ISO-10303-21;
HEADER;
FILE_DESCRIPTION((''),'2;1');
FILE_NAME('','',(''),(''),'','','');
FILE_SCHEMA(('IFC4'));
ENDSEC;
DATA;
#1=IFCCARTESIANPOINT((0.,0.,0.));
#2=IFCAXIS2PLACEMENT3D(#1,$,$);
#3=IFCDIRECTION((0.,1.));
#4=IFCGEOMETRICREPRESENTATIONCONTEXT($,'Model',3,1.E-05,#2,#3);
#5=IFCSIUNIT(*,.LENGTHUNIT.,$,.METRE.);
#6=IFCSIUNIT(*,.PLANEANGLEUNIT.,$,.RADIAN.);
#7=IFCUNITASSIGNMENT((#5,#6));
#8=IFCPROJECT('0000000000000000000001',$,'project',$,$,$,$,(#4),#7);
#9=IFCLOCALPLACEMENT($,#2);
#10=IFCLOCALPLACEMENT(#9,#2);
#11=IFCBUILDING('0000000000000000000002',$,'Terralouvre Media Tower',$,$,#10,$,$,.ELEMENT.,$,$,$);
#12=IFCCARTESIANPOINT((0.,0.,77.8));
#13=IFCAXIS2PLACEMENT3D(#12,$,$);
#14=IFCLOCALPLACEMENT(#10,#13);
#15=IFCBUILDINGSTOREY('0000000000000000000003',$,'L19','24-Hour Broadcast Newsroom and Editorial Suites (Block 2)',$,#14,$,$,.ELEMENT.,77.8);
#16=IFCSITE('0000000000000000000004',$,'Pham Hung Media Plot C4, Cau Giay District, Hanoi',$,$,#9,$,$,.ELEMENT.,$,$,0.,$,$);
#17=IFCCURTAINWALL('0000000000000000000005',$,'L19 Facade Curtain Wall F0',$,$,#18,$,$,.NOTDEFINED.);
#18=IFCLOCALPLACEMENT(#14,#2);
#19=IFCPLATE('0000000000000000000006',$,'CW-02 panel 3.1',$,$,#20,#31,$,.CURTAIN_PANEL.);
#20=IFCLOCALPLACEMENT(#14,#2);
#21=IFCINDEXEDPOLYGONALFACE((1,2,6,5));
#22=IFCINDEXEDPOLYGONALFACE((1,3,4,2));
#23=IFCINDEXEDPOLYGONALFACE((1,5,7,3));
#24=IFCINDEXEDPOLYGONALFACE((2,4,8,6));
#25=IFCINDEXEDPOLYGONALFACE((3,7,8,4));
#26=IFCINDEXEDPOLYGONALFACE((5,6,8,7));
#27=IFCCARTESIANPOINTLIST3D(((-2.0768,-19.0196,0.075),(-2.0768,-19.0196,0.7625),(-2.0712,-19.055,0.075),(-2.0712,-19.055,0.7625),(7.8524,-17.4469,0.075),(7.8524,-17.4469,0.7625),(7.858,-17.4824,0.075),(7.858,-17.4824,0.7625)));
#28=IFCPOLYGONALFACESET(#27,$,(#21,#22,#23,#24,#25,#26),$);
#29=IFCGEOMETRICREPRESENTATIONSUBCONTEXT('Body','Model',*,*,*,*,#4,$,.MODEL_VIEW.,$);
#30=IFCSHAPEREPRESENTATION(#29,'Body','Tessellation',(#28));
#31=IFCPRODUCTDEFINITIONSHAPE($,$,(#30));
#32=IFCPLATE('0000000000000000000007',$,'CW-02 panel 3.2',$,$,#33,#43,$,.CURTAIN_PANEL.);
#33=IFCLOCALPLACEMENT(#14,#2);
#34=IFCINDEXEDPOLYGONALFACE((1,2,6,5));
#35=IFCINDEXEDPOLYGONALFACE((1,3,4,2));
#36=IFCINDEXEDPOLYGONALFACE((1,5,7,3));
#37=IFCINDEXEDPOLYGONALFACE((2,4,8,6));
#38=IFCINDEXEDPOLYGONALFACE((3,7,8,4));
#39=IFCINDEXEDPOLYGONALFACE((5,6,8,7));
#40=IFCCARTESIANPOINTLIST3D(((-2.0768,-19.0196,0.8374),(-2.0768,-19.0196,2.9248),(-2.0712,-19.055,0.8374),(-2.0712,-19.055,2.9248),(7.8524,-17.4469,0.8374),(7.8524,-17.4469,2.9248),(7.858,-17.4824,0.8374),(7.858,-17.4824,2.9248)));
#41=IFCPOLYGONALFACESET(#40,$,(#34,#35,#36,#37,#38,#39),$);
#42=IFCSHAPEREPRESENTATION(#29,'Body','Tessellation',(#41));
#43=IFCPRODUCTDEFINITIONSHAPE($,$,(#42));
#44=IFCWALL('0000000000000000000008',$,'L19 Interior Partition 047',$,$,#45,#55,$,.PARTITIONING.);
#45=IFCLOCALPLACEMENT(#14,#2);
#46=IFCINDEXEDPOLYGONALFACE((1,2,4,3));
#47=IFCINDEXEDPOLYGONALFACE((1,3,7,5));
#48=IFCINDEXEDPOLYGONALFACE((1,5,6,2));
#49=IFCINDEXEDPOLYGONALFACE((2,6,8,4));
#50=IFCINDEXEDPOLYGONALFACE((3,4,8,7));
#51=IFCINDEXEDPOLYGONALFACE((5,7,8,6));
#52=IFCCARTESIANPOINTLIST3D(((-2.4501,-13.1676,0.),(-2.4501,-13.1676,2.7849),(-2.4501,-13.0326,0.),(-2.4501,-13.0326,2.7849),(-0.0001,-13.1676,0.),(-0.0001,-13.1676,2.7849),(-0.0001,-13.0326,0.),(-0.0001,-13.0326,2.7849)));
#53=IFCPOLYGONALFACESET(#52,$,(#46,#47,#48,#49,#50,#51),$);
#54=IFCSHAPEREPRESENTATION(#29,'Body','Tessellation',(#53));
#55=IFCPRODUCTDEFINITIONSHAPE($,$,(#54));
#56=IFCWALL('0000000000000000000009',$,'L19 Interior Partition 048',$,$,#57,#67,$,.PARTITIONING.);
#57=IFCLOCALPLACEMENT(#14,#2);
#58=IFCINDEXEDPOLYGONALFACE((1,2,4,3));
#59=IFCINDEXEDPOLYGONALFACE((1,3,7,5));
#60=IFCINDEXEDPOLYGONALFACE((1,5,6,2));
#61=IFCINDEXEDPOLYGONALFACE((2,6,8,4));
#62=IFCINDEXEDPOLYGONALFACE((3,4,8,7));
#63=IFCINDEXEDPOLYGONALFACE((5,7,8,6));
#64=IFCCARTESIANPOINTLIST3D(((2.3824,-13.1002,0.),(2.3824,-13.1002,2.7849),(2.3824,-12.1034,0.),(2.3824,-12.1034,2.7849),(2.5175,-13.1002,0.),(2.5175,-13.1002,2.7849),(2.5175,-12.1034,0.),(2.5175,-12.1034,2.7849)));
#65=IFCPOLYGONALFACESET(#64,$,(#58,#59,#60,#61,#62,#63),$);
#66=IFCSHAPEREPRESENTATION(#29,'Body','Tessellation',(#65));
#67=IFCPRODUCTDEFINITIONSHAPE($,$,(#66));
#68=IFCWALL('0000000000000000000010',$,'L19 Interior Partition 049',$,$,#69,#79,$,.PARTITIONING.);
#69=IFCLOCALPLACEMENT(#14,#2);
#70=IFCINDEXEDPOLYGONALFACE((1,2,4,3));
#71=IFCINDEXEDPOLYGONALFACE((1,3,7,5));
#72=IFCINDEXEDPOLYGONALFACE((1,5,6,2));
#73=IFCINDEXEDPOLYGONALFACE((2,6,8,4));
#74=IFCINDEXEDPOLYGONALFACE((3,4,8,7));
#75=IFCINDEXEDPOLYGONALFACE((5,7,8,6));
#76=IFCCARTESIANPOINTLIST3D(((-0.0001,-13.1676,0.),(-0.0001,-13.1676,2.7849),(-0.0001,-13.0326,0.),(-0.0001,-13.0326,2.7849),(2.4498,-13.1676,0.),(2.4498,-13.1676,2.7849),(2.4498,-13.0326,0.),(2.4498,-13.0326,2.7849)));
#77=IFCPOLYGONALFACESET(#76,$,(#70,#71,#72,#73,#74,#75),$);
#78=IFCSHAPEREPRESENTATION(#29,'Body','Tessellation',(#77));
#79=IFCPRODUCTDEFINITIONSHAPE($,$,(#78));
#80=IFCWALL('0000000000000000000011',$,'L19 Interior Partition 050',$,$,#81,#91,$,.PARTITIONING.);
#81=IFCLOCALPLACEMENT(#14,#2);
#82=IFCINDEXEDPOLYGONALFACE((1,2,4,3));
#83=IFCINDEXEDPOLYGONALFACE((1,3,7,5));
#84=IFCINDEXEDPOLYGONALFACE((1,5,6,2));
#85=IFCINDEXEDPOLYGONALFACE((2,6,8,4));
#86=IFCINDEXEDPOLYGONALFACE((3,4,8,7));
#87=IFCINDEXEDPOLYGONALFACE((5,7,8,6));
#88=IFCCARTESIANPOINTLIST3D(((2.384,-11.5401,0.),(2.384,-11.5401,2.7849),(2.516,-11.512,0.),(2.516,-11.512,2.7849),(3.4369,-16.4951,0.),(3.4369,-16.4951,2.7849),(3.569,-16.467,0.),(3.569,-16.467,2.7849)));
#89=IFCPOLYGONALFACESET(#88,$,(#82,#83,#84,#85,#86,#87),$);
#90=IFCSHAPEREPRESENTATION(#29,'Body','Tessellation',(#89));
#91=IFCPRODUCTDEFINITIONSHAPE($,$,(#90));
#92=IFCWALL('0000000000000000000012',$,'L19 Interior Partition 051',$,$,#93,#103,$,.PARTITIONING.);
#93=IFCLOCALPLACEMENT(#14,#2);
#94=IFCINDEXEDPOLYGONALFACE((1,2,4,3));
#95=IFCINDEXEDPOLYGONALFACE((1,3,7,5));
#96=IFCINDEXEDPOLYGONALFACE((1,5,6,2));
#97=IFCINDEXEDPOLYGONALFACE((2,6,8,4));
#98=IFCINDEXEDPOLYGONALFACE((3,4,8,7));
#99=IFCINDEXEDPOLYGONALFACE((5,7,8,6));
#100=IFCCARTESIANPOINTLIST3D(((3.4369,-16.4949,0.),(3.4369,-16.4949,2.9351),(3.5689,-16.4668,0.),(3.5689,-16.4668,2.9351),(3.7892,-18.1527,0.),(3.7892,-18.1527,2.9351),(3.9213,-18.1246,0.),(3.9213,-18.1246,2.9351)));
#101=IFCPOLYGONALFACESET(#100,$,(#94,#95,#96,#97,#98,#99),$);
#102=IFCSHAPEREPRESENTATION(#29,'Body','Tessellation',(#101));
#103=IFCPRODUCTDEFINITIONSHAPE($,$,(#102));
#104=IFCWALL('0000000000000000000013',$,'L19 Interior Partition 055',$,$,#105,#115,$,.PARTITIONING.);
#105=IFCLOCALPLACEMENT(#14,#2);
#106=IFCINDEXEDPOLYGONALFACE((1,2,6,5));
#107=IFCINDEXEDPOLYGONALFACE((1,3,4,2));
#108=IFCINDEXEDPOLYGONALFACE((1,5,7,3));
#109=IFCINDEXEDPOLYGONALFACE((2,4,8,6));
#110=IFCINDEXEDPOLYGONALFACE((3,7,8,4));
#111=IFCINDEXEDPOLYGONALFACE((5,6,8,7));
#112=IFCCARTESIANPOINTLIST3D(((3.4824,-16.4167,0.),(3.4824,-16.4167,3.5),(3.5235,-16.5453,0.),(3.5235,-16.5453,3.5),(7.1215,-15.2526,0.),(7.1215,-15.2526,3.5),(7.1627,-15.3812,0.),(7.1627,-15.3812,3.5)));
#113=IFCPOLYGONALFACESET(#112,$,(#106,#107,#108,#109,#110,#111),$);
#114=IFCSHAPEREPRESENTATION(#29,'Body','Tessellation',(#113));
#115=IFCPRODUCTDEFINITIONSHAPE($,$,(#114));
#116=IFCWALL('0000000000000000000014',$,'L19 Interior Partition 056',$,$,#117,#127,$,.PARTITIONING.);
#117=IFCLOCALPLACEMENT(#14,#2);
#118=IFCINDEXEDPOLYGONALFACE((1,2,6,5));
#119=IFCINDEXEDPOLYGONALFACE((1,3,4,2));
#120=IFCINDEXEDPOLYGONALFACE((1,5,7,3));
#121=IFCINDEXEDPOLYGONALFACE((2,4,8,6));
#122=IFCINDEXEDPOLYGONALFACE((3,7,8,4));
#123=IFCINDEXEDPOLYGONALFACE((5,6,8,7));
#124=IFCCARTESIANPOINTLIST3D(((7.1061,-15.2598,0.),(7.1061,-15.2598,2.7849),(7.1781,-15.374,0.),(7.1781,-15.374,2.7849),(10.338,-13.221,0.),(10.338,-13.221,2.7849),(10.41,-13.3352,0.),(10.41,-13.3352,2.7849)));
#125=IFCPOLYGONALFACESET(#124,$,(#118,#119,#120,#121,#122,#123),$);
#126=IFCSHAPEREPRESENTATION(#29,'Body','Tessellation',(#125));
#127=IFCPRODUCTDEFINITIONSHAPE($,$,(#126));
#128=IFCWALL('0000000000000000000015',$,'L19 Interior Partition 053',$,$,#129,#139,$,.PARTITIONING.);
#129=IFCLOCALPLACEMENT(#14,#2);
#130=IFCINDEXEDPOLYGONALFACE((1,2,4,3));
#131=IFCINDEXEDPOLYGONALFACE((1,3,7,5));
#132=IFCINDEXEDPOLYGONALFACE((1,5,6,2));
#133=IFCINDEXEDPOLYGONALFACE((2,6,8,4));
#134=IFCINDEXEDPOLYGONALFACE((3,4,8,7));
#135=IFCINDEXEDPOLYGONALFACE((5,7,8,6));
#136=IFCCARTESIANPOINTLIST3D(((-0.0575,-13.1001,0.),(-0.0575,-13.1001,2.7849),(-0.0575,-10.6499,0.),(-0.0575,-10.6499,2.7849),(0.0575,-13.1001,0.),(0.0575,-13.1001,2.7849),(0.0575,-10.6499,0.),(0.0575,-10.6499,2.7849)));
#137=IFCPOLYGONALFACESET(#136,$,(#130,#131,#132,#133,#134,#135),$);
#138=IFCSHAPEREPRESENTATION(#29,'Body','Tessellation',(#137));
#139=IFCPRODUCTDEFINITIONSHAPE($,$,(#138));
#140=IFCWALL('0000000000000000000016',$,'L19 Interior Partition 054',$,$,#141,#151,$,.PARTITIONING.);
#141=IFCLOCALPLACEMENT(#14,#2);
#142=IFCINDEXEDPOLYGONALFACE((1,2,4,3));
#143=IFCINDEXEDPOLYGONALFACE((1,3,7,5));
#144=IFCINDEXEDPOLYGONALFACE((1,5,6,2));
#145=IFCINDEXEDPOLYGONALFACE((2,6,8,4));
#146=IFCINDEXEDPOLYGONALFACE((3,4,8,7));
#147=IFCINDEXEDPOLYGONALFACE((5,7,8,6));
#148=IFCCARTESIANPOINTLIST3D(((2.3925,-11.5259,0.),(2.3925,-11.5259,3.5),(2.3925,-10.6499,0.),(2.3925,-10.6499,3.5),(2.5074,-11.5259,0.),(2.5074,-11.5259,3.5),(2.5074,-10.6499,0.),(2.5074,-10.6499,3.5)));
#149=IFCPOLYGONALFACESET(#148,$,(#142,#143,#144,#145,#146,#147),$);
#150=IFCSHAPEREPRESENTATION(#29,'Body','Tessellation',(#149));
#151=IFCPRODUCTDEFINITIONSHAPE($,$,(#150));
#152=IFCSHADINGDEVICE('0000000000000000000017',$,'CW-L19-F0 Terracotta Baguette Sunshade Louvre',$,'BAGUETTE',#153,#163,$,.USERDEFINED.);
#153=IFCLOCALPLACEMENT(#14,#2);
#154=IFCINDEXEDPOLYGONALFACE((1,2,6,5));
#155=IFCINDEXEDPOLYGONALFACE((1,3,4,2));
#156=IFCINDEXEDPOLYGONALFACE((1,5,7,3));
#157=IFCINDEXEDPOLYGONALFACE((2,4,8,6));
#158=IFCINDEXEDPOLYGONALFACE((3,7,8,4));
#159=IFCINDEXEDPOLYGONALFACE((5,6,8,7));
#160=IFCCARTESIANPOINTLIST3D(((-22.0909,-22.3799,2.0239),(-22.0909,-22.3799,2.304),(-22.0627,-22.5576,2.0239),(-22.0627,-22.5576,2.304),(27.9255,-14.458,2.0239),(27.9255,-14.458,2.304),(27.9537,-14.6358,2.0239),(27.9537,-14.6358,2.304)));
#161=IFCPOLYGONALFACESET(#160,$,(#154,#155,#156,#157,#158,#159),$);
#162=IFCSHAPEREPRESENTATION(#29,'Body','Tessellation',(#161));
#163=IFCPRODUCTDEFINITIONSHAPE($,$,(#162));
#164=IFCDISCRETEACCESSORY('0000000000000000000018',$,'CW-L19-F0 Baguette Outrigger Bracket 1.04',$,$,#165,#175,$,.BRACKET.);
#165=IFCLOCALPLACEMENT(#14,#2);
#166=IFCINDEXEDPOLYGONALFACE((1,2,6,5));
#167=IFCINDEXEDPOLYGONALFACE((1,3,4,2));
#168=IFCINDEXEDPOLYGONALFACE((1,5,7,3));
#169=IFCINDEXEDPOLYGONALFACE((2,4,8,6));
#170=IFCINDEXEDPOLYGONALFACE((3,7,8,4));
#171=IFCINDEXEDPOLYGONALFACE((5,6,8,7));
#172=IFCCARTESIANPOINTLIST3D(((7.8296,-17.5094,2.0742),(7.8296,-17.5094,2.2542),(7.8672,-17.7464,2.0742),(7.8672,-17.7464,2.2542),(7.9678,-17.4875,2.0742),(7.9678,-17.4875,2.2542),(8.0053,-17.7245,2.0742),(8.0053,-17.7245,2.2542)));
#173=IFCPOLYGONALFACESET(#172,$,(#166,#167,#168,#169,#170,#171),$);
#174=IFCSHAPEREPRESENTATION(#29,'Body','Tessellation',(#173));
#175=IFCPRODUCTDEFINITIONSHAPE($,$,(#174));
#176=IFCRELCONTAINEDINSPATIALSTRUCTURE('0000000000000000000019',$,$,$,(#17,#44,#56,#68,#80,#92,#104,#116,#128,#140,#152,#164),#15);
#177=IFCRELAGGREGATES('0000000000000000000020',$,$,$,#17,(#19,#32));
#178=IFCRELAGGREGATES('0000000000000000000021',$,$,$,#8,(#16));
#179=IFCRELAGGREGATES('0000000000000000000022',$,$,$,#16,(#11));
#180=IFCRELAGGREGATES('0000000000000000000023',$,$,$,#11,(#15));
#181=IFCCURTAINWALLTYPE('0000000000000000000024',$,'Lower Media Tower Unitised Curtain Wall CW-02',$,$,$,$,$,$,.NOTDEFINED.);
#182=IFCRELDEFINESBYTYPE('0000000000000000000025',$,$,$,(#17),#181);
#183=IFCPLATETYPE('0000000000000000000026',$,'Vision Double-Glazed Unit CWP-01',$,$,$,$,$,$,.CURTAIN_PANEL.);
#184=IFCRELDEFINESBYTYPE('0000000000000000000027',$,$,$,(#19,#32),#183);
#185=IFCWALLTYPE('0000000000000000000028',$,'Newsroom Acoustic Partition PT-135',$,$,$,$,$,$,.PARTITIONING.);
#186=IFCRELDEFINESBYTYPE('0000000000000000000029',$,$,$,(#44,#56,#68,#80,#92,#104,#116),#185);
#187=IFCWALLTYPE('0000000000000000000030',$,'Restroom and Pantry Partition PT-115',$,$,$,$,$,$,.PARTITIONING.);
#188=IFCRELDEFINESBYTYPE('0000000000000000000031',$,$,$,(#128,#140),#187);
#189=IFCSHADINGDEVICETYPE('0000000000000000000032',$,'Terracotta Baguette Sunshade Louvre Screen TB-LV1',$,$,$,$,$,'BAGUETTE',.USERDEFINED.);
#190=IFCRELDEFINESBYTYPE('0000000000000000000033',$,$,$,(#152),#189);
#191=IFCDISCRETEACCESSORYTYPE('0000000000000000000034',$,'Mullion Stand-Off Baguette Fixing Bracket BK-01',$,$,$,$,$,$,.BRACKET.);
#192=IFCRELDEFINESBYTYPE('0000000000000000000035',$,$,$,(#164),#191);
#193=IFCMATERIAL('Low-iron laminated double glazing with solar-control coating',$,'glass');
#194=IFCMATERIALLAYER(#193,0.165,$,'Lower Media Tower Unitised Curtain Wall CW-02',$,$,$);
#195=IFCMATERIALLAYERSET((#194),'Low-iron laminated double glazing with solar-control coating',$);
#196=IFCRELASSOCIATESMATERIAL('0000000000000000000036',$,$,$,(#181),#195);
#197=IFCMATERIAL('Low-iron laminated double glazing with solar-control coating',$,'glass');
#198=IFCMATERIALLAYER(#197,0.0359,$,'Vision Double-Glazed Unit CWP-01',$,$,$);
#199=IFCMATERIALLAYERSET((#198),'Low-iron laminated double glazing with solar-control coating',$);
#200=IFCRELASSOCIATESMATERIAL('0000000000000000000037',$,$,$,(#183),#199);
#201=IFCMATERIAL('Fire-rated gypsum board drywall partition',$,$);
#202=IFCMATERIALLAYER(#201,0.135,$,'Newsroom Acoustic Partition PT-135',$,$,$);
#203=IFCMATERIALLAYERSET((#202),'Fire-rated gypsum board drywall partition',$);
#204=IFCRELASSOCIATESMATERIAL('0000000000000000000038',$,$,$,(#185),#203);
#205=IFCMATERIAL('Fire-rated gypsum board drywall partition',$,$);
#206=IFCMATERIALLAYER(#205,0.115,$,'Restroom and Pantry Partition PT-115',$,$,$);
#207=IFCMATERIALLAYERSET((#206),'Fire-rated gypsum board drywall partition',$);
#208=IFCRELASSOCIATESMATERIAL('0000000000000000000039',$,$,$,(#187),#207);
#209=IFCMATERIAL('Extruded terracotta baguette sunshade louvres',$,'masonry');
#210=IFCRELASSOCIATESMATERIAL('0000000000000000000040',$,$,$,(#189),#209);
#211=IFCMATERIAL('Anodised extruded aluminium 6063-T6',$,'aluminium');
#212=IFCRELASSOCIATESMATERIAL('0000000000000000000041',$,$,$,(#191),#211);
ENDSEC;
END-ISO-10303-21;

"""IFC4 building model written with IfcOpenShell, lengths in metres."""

from ifc_helpers import new_model, si_unit, direction, frame, frame_2d, origin, origin_2d, place, context, subcontext, project, spatial, rectangle, extrude, material, layer, layer_set, type_object, element, aggregate, save


model = new_model("IFC4")

# Units and contexts
model_context = context("Model", 3, precision=1e-05, world=origin(), true_north=direction((0.0, 1.0)))
body_context = subcontext(model_context, "Body", "Model", "MODEL_VIEW")
ifc_project = project(units=[si_unit("LENGTHUNIT", "METRE"), si_unit("PLANEANGLEUNIT", "RADIAN")], contexts=[model_context])

# Site, building, storey
site_placement = place(None, origin())
site = spatial("IfcSite", under=ifc_project, at=site_placement, Name="Pham Hung Media Plot C4, Cau Giay District, Hanoi", CompositionType="ELEMENT", RefElevation=0.0)
building_placement = place(site_placement, origin())
building = spatial("IfcBuilding", under=site, at=building_placement, Name="Terralouvre Media Tower", CompositionType="ELEMENT")
storey_placement = place(building_placement, frame((0.0, 0.0, 77.8)))
storey = spatial("IfcBuildingStorey", under=building, at=storey_placement, Name="L19", Description="24-Hour Broadcast Newsroom and Editorial Suites (Block 2)", CompositionType="ELEMENT", Elevation=77.8)

# Curtain wall
ifc_material_1 = material(Name="Low-iron laminated double glazing with solar-control coating", Category="glass")
ifc_layer_1 = layer(ifc_material_1, 0.165, Name="Lower Media Tower Unitised Curtain Wall CW-02")
ifc_layer_set_1 = layer_set([ifc_layer_1], Name="Low-iron laminated double glazing with solar-control coating")
curtain_wall_type = type_object("IfcCurtainWallType", Name="Lower Media Tower Unitised Curtain Wall CW-02", PredefinedType="NOTDEFINED", material=ifc_layer_set_1)
curtain_wall_placement = place(storey_placement, origin())
curtain_wall = element("IfcCurtainWall", 1, at=curtain_wall_placement, inside=storey, type_object=curtain_wall_type, Name="L19 Facade Curtain Wall F0", PredefinedType="NOTDEFINED")

# Plates
ifc_material_2 = material(Name="Low-iron laminated double glazing with solar-control coating", Category="glass")
ifc_layer_2 = layer(ifc_material_2, 0.0359, Name="Vision Double-Glazed Unit CWP-01")
ifc_layer_set_2 = layer_set([ifc_layer_2], Name="Low-iron laminated double glazing with solar-control coating")
plate_type = type_object("IfcPlateType", Name="Vision Double-Glazed Unit CWP-01", PredefinedType="CURTAIN_PANEL", material=ifc_layer_set_2)
plate_1_placement = place(storey_placement, frame((2.8906, -18.251, 0.075), z_axis=(0.0, 0.0, 1.0), x_axis=(0.987688, 0.156434, 0.0)))
plate_1 = element("IfcPlate", 2, at=plate_1_placement, type_object=plate_type, Name="CW-02 panel 3.1", PredefinedType="CURTAIN_PANEL", context=body_context, shape_type="SweptSolid", body=[
    extrude(rectangle(XDim=10.053, YDim=0.0359, at=origin_2d()), origin(), (0.0, 0.0, 1.0), 0.6875),
])
plate_2_placement = place(storey_placement, frame((2.8906, -18.251, 0.8374), z_axis=(0.0, 0.0, 1.0), x_axis=(0.987688, 0.156434, 0.0)))
plate_2 = element("IfcPlate", 3, at=plate_2_placement, type_object=plate_type, Name="CW-02 panel 3.2", PredefinedType="CURTAIN_PANEL", context=body_context, shape_type="SweptSolid", body=[
    extrude(rectangle(XDim=10.053, YDim=0.0359, at=origin_2d()), origin(), (0.0, 0.0, 1.0), 2.0874),
])
aggregate(curtain_wall, [plate_1, plate_2])

# Walls
ifc_material_3 = material(Name="Fire-rated gypsum board drywall partition")
ifc_layer_3 = layer(ifc_material_3, 0.135, Name="Newsroom Acoustic Partition PT-135")
ifc_layer_set_3 = layer_set([ifc_layer_3], Name="Fire-rated gypsum board drywall partition")
wall_type_1 = type_object("IfcWallType", Name="Newsroom Acoustic Partition PT-135", PredefinedType="PARTITIONING", material=ifc_layer_set_3)
wall_1_placement = place(storey_placement, frame((0.0, -13.1001, 0.0), z_axis=(0.0, 0.0, 1.0), x_axis=(-1.0, 0.0, 0.0)))
element("IfcWall", 4, at=wall_1_placement, inside=storey, type_object=wall_type_1, Name="L19 Interior Partition 047", PredefinedType="PARTITIONING", context=body_context, shape_type="SweptSolid", body=[
    extrude(rectangle(XDim=2.45, YDim=0.135, at=frame_2d((1.2251, 0.0))), origin(), (0.0, 0.0, 1.0), 2.7849),
])
wall_2_placement = place(storey_placement, frame((2.45, -12.1033, 0.0), z_axis=(0.0, 0.0, 1.0), x_axis=(0.0, -1.0, 0.0)))
element("IfcWall", 5, at=wall_2_placement, inside=storey, type_object=wall_type_1, Name="L19 Interior Partition 048", PredefinedType="PARTITIONING", context=body_context, shape_type="SweptSolid", body=[
    extrude(rectangle(XDim=0.9968, YDim=0.135, at=frame_2d((0.4985, 0.0))), origin(), (0.0, 0.0, 1.0), 2.7849),
])
wall_3_placement = place(storey_placement, frame((2.45, -13.1001, 0.0), z_axis=(0.0, 0.0, 1.0), x_axis=(-1.0, 0.0, 0.0)))
element("IfcWall", 6, at=wall_3_placement, inside=storey, type_object=wall_type_1, Name="L19 Interior Partition 049", PredefinedType="PARTITIONING", context=body_context, shape_type="SweptSolid", body=[
    extrude(rectangle(XDim=2.45, YDim=0.135, at=frame_2d((1.2251, 0.0))), origin(), (0.0, 0.0, 1.0), 2.7849),
])
wall_4_placement = place(storey_placement, frame((3.5029, -16.481, 0.0), z_axis=(0.0, 0.0, 1.0), x_axis=(-0.207863, 0.978158, 0.0)))
element("IfcWall", 7, at=wall_4_placement, inside=storey, type_object=wall_type_1, Name="L19 Interior Partition 050", PredefinedType="PARTITIONING", context=body_context, shape_type="SweptSolid", body=[
    extrude(rectangle(XDim=5.0657, YDim=0.135, at=frame_2d((2.5327, 0.0))), origin(), (0.0, 0.0, 1.0), 2.7849),
])
wall_5_placement = place(storey_placement, frame((3.8552, -18.1387, 0.0), z_axis=(0.0, 0.0, 1.0), x_axis=(-0.207876, 0.978155, 0.0)))
element("IfcWall", 8, at=wall_5_placement, inside=storey, type_object=wall_type_1, Name="L19 Interior Partition 051", PredefinedType="PARTITIONING", context=body_context, shape_type="SweptSolid", body=[
    extrude(rectangle(XDim=1.6948, YDim=0.135, at=frame_2d((0.8474, 0.0))), origin(), (0.0, 0.0, 1.0), 2.9351),
])
wall_6_placement = place(storey_placement, frame((3.5029, -16.481, 0.0), z_axis=(0.0, 0.0, 1.0), x_axis=(0.95246, 0.304664, 0.0)))
element("IfcWall", 9, at=wall_6_placement, inside=storey, type_object=wall_type_1, Name="L19 Interior Partition 055", PredefinedType="PARTITIONING", context=body_context, shape_type="SweptSolid", body=[
    extrude(rectangle(XDim=3.8208, YDim=0.135, at=frame_2d((1.9104, 0.0))), origin(), (0.0, 0.0, 1.0), 3.5),
])
wall_7_placement = place(storey_placement, frame((7.1421, -15.3169, 0.0), z_axis=(0.0, 0.0, 1.0), x_axis=(0.845773, 0.533543, 0.0)))
element("IfcWall", 10, at=wall_7_placement, inside=storey, type_object=wall_type_1, Name="L19 Interior Partition 056", PredefinedType="PARTITIONING", context=body_context, shape_type="SweptSolid", body=[
    extrude(rectangle(XDim=3.8213, YDim=0.135, at=frame_2d((1.9106, 0.0))), origin(), (0.0, 0.0, 1.0), 2.7849),
])
ifc_material_4 = material(Name="Fire-rated gypsum board drywall partition")
ifc_layer_4 = layer(ifc_material_4, 0.115, Name="Restroom and Pantry Partition PT-115")
ifc_layer_set_4 = layer_set([ifc_layer_4], Name="Fire-rated gypsum board drywall partition")
wall_type_2 = type_object("IfcWallType", Name="Restroom and Pantry Partition PT-115", PredefinedType="PARTITIONING", material=ifc_layer_set_4)
wall_8_placement = place(storey_placement, frame((0.0, -13.1001, 0.0), z_axis=(0.0, 0.0, 1.0), x_axis=(0.0, 1.0, 0.0)))
element("IfcWall", 11, at=wall_8_placement, inside=storey, type_object=wall_type_2, Name="L19 Interior Partition 053", PredefinedType="PARTITIONING", context=body_context, shape_type="SweptSolid", body=[
    extrude(rectangle(XDim=2.4502, YDim=0.115, at=frame_2d((1.2251, 0.0))), origin(), (0.0, 0.0, 1.0), 2.7849),
])
wall_9_placement = place(storey_placement, frame((2.45, -11.5259, 0.0), z_axis=(0.0, 0.0, 1.0), x_axis=(0.0, 1.0, 0.0)))
element("IfcWall", 12, at=wall_9_placement, inside=storey, type_object=wall_type_2, Name="L19 Interior Partition 054", PredefinedType="PARTITIONING", context=body_context, shape_type="SweptSolid", body=[
    extrude(rectangle(XDim=0.876, YDim=0.115, at=frame_2d((0.438, 0.0))), origin(), (0.0, 0.0, 1.0), 3.5),
])

# Shading device
ifc_material_5 = material(Name="Extruded terracotta baguette sunshade louvres", Category="masonry")
shading_device_type = type_object("IfcShadingDeviceType", Name="Terracotta Baguette Sunshade Louvre Screen TB-LV1", ElementType="BAGUETTE", PredefinedType="USERDEFINED", material=ifc_material_5)
shading_device_placement = place(storey_placement, frame((2.9314, -18.5078, 2.0239), z_axis=(0.0, 0.0, 1.0), x_axis=(0.987688, 0.156434, 0.0)))
element("IfcShadingDevice", 13, at=shading_device_placement, inside=storey, type_object=shading_device_type, Name="CW-L19-F0 Terracotta Baguette Sunshade Louvre", ObjectType="BAGUETTE", PredefinedType="USERDEFINED", context=body_context, shape_type="SweptSolid", body=[
    extrude(rectangle(XDim=50.6399, YDim=0.1799, at=origin_2d()), origin(), (0.0, 0.0, 1.0), 0.28),
])

# Discrete accessory
ifc_material_6 = material(Name="Anodised extruded aluminium 6063-T6", Category="aluminium")
discrete_accessory_type = type_object("IfcDiscreteAccessoryType", Name="Mullion Stand-Off Baguette Fixing Bracket BK-01", PredefinedType="BRACKET", material=ifc_material_6)
discrete_accessory_placement = place(storey_placement, frame((7.9175, -17.6169, 2.0742), z_axis=(0.0, 0.0, 1.0), x_axis=(0.987688, 0.156434, 0.0)))
element("IfcDiscreteAccessory", 14, at=discrete_accessory_placement, inside=storey, type_object=discrete_accessory_type, Name="CW-L19-F0 Baguette Outrigger Bracket 1.04", PredefinedType="BRACKET", context=body_context, shape_type="SweptSolid", body=[
    extrude(rectangle(XDim=0.1399, YDim=0.24, at=origin_2d()), origin(), (0.0, 0.0, 1.0), 0.1799),
])

save(model, "model.ifc")
